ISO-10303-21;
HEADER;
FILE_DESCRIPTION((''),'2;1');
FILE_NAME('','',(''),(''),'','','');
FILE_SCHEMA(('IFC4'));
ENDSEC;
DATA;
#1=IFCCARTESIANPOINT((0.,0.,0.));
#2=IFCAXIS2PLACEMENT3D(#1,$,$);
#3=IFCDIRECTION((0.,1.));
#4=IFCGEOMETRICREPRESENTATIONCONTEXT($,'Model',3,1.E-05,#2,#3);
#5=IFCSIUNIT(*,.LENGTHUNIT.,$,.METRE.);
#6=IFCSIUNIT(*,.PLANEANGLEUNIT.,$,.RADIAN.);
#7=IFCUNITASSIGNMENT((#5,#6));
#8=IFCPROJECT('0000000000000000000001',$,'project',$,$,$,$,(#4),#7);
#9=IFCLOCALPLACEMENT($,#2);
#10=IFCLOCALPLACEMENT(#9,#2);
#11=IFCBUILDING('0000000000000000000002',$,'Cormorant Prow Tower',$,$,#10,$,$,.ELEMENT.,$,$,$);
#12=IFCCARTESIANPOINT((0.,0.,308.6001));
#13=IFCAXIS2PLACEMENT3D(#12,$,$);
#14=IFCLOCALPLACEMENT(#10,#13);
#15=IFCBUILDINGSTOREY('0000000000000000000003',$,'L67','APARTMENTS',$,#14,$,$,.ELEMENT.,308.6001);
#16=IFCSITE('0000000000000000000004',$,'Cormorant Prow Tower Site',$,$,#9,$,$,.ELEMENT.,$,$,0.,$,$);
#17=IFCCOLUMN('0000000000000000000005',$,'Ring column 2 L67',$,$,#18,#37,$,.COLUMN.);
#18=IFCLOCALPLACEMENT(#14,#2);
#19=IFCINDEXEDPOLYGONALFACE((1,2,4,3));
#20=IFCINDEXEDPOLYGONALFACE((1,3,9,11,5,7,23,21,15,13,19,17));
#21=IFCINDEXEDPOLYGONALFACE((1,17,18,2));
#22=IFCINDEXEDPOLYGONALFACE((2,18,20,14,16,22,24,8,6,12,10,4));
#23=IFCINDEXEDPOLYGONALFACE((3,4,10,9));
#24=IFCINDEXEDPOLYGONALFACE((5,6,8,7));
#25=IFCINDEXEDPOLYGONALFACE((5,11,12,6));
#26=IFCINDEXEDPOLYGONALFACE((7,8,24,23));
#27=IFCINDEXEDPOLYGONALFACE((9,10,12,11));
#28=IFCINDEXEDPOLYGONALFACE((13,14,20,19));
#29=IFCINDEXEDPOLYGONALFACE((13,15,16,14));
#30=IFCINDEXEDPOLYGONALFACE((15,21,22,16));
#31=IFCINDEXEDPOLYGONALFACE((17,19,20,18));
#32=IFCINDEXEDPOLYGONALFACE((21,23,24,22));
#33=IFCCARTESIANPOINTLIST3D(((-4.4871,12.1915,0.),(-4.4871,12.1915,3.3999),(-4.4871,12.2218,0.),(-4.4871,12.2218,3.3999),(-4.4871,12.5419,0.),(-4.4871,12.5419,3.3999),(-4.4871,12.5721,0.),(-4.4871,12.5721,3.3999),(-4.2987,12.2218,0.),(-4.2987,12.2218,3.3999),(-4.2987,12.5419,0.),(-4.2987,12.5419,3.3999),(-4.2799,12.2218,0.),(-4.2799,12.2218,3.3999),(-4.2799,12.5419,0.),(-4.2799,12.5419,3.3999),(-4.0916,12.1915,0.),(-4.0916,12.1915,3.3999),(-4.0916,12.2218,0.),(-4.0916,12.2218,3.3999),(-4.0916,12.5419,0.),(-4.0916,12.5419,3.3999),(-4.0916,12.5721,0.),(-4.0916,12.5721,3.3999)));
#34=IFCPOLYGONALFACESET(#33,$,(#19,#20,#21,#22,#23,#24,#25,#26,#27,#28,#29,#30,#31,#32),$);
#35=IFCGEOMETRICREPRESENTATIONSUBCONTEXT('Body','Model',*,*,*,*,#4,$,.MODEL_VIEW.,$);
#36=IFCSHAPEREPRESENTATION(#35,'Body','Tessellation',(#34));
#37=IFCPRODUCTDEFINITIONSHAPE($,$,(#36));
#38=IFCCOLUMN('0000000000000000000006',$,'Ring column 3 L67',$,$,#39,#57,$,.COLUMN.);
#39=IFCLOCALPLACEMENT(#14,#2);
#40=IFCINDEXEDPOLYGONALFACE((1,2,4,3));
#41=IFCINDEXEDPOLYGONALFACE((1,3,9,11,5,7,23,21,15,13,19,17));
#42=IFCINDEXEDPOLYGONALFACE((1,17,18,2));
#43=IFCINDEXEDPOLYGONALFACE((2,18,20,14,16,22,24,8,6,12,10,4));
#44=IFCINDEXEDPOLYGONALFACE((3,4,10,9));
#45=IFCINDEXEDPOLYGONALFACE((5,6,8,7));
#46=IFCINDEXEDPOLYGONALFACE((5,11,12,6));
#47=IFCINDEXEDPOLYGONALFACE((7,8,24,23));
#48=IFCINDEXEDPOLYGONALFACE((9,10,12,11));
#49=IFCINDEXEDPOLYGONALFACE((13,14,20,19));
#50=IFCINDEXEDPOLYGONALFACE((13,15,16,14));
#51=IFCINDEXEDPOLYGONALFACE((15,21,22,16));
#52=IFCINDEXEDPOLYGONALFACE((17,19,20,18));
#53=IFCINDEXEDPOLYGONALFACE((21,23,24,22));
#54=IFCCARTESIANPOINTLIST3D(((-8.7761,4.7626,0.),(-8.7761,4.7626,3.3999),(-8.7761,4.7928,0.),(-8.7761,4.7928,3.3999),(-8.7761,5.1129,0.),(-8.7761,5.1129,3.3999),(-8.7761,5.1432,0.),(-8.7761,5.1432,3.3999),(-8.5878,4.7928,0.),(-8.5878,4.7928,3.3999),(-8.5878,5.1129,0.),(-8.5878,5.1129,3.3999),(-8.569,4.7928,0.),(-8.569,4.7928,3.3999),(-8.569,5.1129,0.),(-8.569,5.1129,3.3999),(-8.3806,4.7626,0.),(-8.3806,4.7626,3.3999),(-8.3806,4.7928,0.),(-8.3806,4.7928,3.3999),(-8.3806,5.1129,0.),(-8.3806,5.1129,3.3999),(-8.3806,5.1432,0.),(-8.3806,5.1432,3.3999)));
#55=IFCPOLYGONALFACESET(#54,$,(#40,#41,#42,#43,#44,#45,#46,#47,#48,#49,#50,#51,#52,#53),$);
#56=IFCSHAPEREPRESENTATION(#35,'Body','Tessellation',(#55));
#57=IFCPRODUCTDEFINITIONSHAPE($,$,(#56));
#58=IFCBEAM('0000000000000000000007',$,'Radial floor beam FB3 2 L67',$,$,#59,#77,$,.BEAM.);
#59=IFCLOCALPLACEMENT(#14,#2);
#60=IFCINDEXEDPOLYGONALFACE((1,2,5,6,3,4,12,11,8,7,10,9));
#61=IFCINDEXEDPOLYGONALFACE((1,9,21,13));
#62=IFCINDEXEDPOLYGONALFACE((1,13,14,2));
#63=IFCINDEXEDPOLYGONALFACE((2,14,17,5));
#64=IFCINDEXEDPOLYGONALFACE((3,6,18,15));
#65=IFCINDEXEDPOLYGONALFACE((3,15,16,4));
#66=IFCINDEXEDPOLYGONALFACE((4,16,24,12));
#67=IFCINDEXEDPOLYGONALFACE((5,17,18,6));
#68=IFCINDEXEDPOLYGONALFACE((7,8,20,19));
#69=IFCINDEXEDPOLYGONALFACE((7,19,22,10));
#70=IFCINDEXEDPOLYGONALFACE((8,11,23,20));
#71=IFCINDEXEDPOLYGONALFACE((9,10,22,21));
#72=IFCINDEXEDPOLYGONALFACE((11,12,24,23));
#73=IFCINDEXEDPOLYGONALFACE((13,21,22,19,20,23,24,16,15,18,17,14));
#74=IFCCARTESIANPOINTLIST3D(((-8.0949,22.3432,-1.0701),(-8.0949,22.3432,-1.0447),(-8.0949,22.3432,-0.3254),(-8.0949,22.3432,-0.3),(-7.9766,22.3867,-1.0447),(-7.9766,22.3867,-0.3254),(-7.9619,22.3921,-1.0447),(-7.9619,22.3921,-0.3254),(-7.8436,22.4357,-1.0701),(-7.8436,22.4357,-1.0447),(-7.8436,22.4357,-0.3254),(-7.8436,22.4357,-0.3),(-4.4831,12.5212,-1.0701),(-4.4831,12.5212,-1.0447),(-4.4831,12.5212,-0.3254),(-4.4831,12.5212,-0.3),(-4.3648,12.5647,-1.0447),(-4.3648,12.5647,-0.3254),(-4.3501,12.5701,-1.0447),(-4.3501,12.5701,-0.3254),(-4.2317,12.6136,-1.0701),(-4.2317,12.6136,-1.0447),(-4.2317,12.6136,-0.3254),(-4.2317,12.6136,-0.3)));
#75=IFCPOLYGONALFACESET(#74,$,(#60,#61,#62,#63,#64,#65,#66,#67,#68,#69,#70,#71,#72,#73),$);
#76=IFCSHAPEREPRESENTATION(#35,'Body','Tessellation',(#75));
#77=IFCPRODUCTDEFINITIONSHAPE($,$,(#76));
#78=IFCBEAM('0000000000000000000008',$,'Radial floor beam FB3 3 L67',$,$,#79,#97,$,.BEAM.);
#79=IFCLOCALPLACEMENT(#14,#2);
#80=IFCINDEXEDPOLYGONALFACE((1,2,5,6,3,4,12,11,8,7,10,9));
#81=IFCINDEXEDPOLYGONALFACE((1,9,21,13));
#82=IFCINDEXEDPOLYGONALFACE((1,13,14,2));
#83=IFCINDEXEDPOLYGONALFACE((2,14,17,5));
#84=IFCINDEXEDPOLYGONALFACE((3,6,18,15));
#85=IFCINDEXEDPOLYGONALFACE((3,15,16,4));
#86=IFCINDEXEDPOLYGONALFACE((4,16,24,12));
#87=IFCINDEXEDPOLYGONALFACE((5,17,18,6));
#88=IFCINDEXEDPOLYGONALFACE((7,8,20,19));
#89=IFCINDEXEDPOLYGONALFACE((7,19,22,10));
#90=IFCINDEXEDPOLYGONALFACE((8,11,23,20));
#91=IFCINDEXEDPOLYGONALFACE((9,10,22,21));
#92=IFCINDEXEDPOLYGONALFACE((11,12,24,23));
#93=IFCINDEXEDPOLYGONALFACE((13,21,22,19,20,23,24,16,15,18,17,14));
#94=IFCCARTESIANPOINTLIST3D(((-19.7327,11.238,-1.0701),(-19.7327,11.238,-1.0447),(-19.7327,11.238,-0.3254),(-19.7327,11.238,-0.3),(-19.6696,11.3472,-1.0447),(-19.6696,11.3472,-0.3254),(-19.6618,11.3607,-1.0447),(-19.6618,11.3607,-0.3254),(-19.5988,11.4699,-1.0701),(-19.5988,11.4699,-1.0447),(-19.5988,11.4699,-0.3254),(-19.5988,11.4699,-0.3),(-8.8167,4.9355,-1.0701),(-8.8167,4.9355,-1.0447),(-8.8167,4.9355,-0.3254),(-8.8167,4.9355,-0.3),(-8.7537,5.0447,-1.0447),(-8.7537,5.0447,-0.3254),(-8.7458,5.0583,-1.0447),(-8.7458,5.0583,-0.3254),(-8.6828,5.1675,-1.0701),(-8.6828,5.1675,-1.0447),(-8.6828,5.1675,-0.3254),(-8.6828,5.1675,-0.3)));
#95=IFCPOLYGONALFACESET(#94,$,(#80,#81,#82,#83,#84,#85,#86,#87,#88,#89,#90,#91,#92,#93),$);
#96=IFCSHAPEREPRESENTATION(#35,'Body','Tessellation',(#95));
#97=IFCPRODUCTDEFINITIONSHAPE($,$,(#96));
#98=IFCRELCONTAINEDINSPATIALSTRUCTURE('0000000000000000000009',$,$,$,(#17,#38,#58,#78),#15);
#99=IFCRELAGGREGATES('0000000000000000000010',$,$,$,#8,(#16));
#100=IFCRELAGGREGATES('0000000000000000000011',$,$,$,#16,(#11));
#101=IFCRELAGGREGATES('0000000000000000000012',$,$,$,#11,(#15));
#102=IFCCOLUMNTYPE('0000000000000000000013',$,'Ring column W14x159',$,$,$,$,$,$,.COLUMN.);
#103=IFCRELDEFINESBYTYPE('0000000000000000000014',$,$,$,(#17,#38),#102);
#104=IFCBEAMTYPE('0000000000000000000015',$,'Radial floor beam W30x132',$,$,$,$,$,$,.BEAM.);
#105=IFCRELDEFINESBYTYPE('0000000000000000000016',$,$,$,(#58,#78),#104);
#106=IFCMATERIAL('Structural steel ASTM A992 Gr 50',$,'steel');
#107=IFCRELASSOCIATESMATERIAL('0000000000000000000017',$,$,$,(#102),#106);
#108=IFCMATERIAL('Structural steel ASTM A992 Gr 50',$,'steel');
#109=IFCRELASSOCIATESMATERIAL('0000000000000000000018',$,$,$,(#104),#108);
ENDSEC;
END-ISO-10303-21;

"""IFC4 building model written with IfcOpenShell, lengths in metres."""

from ifc_helpers import new_model, si_unit, direction, frame, origin, origin_2d, place, context, subcontext, project, spatial, i_section, extrude, material, material_profile, profile_set, type_object, element, save


model = new_model("IFC4")

# Units and contexts
model_context = context("Model", 3, precision=1e-05, world=origin(), true_north=direction((0.0, 1.0)))
body_context = subcontext(model_context, "Body", "Model", "MODEL_VIEW")
ifc_project = project(units=[si_unit("LENGTHUNIT", "METRE"), si_unit("PLANEANGLEUNIT", "RADIAN")], contexts=[model_context])

# Site, building, storey
site_placement = place(None, origin())
site = spatial("IfcSite", under=ifc_project, at=site_placement, Name="Cormorant Prow Tower Site", CompositionType="ELEMENT", RefElevation=0.0)
building_placement = place(site_placement, origin())
building = spatial("IfcBuilding", under=site, at=building_placement, Name="Cormorant Prow Tower", CompositionType="ELEMENT")
storey_placement = place(building_placement, frame((0.0, 0.0, 308.6001)))
storey = spatial("IfcBuildingStorey", under=building, at=storey_placement, Name="L67", Description="APARTMENTS", CompositionType="ELEMENT", Elevation=308.6001)

# Columns
ifc_material_1 = material(Name="Structural steel ASTM A992 Gr 50", Category="steel")
ifc_material_profile_1 = material_profile(ifc_material_1, i_section(OverallWidth=0.3955, OverallDepth=0.3806, WebThickness=0.0188, FlangeThickness=0.0303, at=origin_2d()), Name="W14x159")
ifc_profile_set_1 = profile_set([ifc_material_profile_1], Name="Structural steel ASTM A992 Gr 50")
column_type = type_object("IfcColumnType", Name="Ring column W14x159", PredefinedType="COLUMN", material=ifc_profile_set_1)
for number, where, z_axis, x_axis, name in (
    (1, (-4.2893, 12.3818, 0.0), (0.0, 0.0, 1.0), (1.0, 0.0, 0.0), "Ring column 2 L67"),
    (2, (-8.5784, 4.9529, 0.0), (0.0, 0.0, 1.0), (1.0, 0.0, 0.0), "Ring column 3 L67"),
):
    element("IfcColumn", number, at=place(storey_placement, frame(where, z_axis=z_axis, x_axis=x_axis)), inside=storey, type_object=column_type, Name=name, PredefinedType="COLUMN", context=body_context, shape_type="SweptSolid", body=[
        extrude(i_section(OverallWidth=0.3955, OverallDepth=0.3806, WebThickness=0.0188, FlangeThickness=0.0303, at=origin_2d()), origin(), (0.0, 0.0, 1.0), 3.3999),
    ])

# Beams
ifc_material_2 = material(Name="Structural steel ASTM A992 Gr 50", Category="steel")
ifc_material_profile_2 = material_profile(ifc_material_2, i_section(OverallWidth=0.2678, OverallDepth=0.77, WebThickness=0.0156, FlangeThickness=0.0254, at=origin_2d()), Name="W30x132")
ifc_profile_set_2 = profile_set([ifc_material_profile_2], Name="Structural steel ASTM A992 Gr 50")
beam_type = type_object("IfcBeamType", Name="Radial floor beam W30x132", PredefinedType="BEAM", material=ifc_profile_set_2)
beam_1_placement = place(storey_placement, frame((-4.3574, 12.5674, -0.6851), z_axis=(-0.345131, 0.938554, 0.0), x_axis=(-0.938554, -0.345131, 0.0)))
element("IfcBeam", 3, at=beam_1_placement, inside=storey, type_object=beam_type, Name="Radial floor beam FB3 2 L67", PredefinedType="BEAM", context=body_context, shape_type="SweptSolid", body=[
    extrude(i_section(OverallWidth=0.2678, OverallDepth=0.77, WebThickness=0.0156, FlangeThickness=0.0254, at=origin_2d()), origin(), (0.0, 0.0, 1.0), 10.4651),
])
beam_2_placement = place(storey_placement, frame((-8.7498, 5.0515, -0.6851), z_axis=(-0.866021, 0.500007, 0.0), x_axis=(-0.500007, -0.866021, 0.0)))
element("IfcBeam", 4, at=beam_2_placement, inside=storey, type_object=beam_type, Name="Radial floor beam FB3 3 L67", PredefinedType="BEAM", context=body_context, shape_type="SweptSolid", body=[
    extrude(i_section(OverallWidth=0.2678, OverallDepth=0.77, WebThickness=0.0156, FlangeThickness=0.0254, at=origin_2d()), origin(), (0.0, 0.0, 1.0), 12.6047),
])

save(model, "model.ifc")
